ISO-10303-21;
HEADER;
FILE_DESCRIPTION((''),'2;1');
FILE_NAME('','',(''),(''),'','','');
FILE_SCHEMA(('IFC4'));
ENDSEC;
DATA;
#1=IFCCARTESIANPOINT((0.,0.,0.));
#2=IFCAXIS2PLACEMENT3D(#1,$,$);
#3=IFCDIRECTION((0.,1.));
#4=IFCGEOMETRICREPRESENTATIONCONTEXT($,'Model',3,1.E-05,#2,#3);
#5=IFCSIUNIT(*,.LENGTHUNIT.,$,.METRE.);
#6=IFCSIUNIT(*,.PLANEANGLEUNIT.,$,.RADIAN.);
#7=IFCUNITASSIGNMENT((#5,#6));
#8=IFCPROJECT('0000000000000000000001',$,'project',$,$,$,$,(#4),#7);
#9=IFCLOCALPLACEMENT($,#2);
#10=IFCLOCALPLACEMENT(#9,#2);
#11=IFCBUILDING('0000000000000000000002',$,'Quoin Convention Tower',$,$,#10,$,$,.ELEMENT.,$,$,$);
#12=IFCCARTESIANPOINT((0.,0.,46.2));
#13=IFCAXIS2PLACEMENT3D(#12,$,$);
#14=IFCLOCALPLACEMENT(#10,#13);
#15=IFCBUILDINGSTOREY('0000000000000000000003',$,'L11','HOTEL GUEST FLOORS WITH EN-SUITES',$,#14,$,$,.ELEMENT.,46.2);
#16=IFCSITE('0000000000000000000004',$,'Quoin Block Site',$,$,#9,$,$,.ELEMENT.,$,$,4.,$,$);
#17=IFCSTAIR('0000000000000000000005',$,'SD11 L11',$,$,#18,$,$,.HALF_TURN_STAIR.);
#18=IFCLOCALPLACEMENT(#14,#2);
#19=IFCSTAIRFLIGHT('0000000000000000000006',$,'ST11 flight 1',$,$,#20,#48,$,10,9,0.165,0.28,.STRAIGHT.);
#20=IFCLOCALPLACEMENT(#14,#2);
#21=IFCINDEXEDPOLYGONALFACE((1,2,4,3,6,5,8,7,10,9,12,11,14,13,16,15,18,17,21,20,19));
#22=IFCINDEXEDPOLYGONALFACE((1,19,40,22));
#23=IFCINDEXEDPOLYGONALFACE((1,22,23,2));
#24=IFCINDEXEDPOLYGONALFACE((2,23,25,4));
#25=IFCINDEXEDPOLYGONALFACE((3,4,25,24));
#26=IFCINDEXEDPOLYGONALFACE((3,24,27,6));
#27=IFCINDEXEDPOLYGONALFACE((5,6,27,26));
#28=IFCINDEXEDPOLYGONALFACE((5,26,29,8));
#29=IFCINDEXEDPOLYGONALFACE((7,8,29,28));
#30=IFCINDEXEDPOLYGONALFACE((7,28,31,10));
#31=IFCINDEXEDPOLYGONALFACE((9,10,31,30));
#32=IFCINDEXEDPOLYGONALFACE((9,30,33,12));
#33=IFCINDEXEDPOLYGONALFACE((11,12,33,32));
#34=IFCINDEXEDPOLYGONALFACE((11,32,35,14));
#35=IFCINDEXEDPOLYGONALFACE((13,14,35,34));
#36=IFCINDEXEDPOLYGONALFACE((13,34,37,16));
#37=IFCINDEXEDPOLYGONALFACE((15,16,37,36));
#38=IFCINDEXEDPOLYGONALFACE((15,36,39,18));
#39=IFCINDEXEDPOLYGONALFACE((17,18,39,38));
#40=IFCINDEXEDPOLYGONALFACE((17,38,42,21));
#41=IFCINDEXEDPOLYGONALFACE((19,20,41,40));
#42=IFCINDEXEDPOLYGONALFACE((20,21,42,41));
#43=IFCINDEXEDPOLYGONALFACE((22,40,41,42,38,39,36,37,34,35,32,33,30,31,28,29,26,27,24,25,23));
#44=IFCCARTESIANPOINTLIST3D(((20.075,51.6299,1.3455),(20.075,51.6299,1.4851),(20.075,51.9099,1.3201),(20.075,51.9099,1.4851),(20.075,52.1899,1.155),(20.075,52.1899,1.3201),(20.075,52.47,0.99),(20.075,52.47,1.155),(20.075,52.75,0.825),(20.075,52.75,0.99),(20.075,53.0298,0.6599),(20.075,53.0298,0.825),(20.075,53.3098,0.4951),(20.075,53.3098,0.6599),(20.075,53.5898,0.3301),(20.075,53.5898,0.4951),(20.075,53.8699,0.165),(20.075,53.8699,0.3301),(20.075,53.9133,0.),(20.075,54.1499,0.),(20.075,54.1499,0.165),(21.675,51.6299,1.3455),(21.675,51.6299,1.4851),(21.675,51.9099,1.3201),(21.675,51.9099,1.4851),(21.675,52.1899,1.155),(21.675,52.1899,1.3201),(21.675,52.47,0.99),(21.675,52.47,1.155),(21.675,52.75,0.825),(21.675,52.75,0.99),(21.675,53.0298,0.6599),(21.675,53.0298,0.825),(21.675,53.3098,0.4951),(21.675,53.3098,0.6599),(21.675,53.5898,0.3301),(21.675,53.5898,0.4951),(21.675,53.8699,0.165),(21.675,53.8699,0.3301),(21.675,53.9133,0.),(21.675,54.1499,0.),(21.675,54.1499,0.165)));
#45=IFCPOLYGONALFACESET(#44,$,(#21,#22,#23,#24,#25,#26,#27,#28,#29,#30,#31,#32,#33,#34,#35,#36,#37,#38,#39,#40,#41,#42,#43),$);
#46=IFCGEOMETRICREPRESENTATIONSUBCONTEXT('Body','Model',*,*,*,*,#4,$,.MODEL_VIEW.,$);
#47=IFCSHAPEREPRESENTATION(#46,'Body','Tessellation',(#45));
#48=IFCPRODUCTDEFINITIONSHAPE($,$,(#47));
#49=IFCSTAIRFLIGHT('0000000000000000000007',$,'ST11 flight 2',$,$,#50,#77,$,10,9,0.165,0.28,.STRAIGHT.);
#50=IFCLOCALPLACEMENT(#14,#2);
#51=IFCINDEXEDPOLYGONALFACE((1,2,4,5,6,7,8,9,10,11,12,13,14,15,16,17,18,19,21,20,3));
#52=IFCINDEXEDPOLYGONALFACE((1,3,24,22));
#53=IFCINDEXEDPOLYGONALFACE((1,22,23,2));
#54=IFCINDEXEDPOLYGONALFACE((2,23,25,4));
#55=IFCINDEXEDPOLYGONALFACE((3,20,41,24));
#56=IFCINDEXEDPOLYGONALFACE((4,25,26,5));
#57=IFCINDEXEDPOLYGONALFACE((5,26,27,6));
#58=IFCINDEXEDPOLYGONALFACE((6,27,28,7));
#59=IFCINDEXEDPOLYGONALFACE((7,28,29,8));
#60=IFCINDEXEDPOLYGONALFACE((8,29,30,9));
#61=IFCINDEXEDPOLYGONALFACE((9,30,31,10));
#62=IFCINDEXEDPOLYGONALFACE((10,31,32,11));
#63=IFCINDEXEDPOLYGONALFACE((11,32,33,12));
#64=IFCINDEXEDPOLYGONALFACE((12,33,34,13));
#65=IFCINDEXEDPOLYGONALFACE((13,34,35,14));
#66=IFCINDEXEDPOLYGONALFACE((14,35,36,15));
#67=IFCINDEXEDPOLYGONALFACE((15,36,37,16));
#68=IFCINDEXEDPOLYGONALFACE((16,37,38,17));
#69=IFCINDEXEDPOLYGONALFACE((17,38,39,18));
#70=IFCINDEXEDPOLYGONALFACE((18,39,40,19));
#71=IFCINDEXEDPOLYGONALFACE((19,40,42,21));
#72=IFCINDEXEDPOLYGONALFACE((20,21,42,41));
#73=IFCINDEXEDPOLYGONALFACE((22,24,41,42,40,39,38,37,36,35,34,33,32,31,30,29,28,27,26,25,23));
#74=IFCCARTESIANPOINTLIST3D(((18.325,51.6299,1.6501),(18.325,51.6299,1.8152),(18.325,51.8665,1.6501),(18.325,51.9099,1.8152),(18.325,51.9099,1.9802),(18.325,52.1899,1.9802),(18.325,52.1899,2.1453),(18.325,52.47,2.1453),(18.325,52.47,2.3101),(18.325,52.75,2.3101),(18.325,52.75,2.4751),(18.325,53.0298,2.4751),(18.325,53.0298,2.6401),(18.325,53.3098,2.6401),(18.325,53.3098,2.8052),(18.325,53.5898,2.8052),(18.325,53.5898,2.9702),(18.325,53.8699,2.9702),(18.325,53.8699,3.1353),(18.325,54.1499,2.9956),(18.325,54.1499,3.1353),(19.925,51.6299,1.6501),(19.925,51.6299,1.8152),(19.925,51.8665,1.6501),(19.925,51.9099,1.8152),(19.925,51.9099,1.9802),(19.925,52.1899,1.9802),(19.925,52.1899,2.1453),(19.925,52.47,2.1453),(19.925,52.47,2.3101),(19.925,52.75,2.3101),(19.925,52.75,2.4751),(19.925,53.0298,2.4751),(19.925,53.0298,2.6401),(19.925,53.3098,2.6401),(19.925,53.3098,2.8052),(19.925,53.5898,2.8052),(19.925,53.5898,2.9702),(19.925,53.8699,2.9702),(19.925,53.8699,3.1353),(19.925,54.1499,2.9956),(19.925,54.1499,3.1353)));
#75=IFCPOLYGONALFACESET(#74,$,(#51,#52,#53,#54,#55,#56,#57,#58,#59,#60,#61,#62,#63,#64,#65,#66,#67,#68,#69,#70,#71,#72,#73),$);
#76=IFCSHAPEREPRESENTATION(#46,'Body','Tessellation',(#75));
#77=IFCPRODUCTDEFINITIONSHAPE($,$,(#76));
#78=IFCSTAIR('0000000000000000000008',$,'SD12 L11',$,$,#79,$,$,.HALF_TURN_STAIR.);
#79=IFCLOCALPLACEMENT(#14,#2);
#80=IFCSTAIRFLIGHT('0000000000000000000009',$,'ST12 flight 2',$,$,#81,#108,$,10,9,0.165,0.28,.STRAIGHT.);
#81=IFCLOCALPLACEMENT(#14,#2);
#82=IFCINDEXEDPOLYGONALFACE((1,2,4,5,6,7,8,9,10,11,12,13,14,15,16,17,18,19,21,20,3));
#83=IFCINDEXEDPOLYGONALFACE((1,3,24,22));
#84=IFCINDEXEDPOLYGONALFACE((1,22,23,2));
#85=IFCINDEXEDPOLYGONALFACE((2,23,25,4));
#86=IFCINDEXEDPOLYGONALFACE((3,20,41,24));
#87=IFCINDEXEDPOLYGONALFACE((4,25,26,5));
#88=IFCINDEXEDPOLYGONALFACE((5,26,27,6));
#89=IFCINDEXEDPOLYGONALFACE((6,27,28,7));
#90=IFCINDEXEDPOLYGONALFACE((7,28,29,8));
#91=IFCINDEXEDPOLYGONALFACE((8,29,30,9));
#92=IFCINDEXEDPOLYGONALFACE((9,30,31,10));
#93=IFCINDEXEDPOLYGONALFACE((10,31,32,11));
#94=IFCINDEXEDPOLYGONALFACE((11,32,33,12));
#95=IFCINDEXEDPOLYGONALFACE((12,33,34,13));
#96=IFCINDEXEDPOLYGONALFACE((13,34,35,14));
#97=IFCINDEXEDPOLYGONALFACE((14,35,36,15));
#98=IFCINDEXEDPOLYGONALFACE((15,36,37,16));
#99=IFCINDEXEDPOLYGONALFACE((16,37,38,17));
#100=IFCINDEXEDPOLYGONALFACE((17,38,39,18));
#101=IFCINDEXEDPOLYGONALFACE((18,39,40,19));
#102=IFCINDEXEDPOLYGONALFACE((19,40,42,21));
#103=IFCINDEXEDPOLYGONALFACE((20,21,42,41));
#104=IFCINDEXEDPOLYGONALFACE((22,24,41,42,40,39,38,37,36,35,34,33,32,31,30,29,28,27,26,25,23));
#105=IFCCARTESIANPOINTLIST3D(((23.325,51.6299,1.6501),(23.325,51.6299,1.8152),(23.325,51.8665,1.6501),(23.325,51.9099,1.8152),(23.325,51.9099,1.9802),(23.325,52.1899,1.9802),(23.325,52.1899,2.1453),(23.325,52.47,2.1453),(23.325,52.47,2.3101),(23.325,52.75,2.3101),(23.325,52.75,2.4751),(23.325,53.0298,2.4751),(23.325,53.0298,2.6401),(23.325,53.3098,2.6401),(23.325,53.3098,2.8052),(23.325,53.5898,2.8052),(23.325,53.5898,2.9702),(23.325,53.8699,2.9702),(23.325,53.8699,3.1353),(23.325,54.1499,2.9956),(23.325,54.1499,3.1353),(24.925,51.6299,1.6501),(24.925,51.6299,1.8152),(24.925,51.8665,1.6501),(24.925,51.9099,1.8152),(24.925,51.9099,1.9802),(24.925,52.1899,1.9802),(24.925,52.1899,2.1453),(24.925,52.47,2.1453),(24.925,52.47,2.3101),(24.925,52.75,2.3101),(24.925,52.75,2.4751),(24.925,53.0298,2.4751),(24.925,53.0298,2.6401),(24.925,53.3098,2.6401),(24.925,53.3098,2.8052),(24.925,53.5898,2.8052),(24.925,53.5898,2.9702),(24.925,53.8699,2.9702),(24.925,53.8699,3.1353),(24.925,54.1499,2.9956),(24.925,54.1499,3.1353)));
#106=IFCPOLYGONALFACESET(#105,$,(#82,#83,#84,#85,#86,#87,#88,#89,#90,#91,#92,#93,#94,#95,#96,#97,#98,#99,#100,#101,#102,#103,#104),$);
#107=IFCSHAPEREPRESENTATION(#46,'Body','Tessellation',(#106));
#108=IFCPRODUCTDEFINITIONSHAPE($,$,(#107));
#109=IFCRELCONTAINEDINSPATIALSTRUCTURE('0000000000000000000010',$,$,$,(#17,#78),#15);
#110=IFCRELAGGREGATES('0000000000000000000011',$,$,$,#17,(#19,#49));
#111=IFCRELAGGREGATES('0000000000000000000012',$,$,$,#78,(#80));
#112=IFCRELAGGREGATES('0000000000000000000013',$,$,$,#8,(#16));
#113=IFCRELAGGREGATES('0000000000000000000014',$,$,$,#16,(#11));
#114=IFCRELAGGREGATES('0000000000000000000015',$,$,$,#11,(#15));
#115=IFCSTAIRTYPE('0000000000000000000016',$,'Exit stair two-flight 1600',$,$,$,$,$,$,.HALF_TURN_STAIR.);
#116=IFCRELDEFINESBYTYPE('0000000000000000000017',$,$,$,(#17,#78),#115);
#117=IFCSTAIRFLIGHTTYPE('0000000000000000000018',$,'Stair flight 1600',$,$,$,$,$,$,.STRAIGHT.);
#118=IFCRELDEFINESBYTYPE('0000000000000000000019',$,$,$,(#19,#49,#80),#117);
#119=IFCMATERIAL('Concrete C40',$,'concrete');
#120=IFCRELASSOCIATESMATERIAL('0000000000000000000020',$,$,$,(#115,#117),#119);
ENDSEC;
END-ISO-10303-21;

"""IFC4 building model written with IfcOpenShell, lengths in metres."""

from ifc_helpers import new_model, si_unit, direction, frame, origin, place, context, subcontext, project, spatial, polyline, outline, extrude, material, type_object, element, aggregate, save


model = new_model("IFC4")

# Units and contexts
model_context = context("Model", 3, precision=1e-05, world=origin(), true_north=direction((0.0, 1.0)))
body_context = subcontext(model_context, "Body", "Model", "MODEL_VIEW")
ifc_project = project(units=[si_unit("LENGTHUNIT", "METRE"), si_unit("PLANEANGLEUNIT", "RADIAN")], contexts=[model_context])

# Site, building, storey
site_placement = place(None, origin())
site = spatial("IfcSite", under=ifc_project, at=site_placement, Name="Quoin Block Site", CompositionType="ELEMENT", RefElevation=4.0)
building_placement = place(site_placement, origin())
building = spatial("IfcBuilding", under=site, at=building_placement, Name="Quoin Convention Tower", CompositionType="ELEMENT")
storey_placement = place(building_placement, frame((0.0, 0.0, 46.2)))
storey = spatial("IfcBuildingStorey", under=building, at=storey_placement, Name="L11", Description="HOTEL GUEST FLOORS WITH EN-SUITES", CompositionType="ELEMENT", Elevation=46.2)

# Shared definitions
ifc_material_1 = material(Name="Concrete C40", Category="concrete")

# Stair, stair flights
stair_type_1 = type_object("IfcStairType", Name="Exit stair two-flight 1600", PredefinedType="HALF_TURN_STAIR", material=ifc_material_1)
stair_1_placement = place(storey_placement, origin())
stair_1 = element("IfcStair", 1, at=stair_1_placement, inside=storey, type_object=stair_type_1, Name="SD11 L11", PredefinedType="HALF_TURN_STAIR")
stair_flight_type_1 = type_object("IfcStairFlightType", Name="Stair flight 1600", PredefinedType="STRAIGHT", material=ifc_material_1)
stair_flight_1_placement = place(storey_placement, frame((20.875, 54.1499, 0.0), z_axis=(0.0, 0.0, 1.0), x_axis=(0.0, -1.0, 0.0)))
stair_flight_1 = element("IfcStairFlight", 2, at=stair_flight_1_placement, type_object=stair_flight_type_1, Name="ST11 flight 1", NumberOfRisers=10, NumberOfTreads=9, PredefinedType="STRAIGHT", RiserHeight=0.165, TreadLength=0.28, context=body_context, shape_type="SweptSolid", body=[
    extrude(outline(polyline([(0.0, 0.0), (0.0, 0.165), (0.28, 0.165), (0.28, 0.3301), (0.5601, 0.3301), (0.5601, 0.4951), (0.8401, 0.4951), (0.8401, 0.6599), (1.1201, 0.6599), (1.1201, 0.825), (1.3999, 0.825), (1.3999, 0.99), (1.6799, 0.99), (1.6799, 1.155), (1.96, 1.155), (1.96, 1.3201), (2.24, 1.3201), (2.24, 1.4851), (2.52, 1.4851), (2.52, 1.6499), (2.52, 1.3455), (0.2366, 0.0), (0.0, 0.0)])), frame((0.0, 0.8, 0.0), z_axis=(0.0, -1.0, 0.0), x_axis=(1.0, 0.0, 0.0)), (0.0, 0.0, 1.0), 1.6001),
])
stair_flight_2_placement = place(storey_placement, frame((19.125, 51.6299, 1.6501), z_axis=(0.0, 0.0, 1.0), x_axis=(0.0, 1.0, 0.0)))
stair_flight_2 = element("IfcStairFlight", 3, at=stair_flight_2_placement, type_object=stair_flight_type_1, Name="ST11 flight 2", NumberOfRisers=10, NumberOfTreads=9, PredefinedType="STRAIGHT", RiserHeight=0.165, TreadLength=0.28, context=body_context, shape_type="SweptSolid", body=[
    extrude(outline(polyline([(0.0, 0.0), (0.0, 0.165), (0.28, 0.165), (0.28, 0.3301), (0.5601, 0.3301), (0.5601, 0.4951), (0.8401, 0.4951), (0.8401, 0.6599), (1.1201, 0.6599), (1.1201, 0.825), (1.3999, 0.825), (1.3999, 0.99), (1.6799, 0.99), (1.6799, 1.155), (1.96, 1.155), (1.96, 1.3201), (2.24, 1.3201), (2.24, 1.4851), (2.52, 1.4851), (2.52, 1.6499), (2.52, 1.3455), (0.2366, 0.0), (0.0, 0.0)])), frame((0.0, 0.8, 0.0), z_axis=(0.0, -1.0, 0.0), x_axis=(1.0, 0.0, 0.0)), (0.0, 0.0, 1.0), 1.6001),
])
aggregate(stair_1, [stair_flight_1, stair_flight_2])

# Stair, stair flight
stair_2_placement = place(storey_placement, origin())
stair_2 = element("IfcStair", 4, at=stair_2_placement, inside=storey, type_object=stair_type_1, Name="SD12 L11", PredefinedType="HALF_TURN_STAIR")
stair_flight_3_placement = place(storey_placement, frame((24.125, 51.6299, 1.6501), z_axis=(0.0, 0.0, 1.0), x_axis=(0.0, 1.0, 0.0)))
stair_flight_3 = element("IfcStairFlight", 5, at=stair_flight_3_placement, type_object=stair_flight_type_1, Name="ST12 flight 2", NumberOfRisers=10, NumberOfTreads=9, PredefinedType="STRAIGHT", RiserHeight=0.165, TreadLength=0.28, context=body_context, shape_type="SweptSolid", body=[
    extrude(outline(polyline([(0.0, 0.0), (0.0, 0.165), (0.28, 0.165), (0.28, 0.3301), (0.5601, 0.3301), (0.5601, 0.4951), (0.8401, 0.4951), (0.8401, 0.6599), (1.1201, 0.6599), (1.1201, 0.825), (1.3999, 0.825), (1.3999, 0.99), (1.6799, 0.99), (1.6799, 1.155), (1.96, 1.155), (1.96, 1.3201), (2.24, 1.3201), (2.24, 1.4851), (2.52, 1.4851), (2.52, 1.6499), (2.52, 1.3455), (0.2366, 0.0), (0.0, 0.0)])), frame((0.0, 0.8, 0.0), z_axis=(0.0, -1.0, 0.0), x_axis=(1.0, 0.0, 0.0)), (0.0, 0.0, 1.0), 1.6001),
])
aggregate(stair_2, [stair_flight_3])

save(model, "model.ifc")
